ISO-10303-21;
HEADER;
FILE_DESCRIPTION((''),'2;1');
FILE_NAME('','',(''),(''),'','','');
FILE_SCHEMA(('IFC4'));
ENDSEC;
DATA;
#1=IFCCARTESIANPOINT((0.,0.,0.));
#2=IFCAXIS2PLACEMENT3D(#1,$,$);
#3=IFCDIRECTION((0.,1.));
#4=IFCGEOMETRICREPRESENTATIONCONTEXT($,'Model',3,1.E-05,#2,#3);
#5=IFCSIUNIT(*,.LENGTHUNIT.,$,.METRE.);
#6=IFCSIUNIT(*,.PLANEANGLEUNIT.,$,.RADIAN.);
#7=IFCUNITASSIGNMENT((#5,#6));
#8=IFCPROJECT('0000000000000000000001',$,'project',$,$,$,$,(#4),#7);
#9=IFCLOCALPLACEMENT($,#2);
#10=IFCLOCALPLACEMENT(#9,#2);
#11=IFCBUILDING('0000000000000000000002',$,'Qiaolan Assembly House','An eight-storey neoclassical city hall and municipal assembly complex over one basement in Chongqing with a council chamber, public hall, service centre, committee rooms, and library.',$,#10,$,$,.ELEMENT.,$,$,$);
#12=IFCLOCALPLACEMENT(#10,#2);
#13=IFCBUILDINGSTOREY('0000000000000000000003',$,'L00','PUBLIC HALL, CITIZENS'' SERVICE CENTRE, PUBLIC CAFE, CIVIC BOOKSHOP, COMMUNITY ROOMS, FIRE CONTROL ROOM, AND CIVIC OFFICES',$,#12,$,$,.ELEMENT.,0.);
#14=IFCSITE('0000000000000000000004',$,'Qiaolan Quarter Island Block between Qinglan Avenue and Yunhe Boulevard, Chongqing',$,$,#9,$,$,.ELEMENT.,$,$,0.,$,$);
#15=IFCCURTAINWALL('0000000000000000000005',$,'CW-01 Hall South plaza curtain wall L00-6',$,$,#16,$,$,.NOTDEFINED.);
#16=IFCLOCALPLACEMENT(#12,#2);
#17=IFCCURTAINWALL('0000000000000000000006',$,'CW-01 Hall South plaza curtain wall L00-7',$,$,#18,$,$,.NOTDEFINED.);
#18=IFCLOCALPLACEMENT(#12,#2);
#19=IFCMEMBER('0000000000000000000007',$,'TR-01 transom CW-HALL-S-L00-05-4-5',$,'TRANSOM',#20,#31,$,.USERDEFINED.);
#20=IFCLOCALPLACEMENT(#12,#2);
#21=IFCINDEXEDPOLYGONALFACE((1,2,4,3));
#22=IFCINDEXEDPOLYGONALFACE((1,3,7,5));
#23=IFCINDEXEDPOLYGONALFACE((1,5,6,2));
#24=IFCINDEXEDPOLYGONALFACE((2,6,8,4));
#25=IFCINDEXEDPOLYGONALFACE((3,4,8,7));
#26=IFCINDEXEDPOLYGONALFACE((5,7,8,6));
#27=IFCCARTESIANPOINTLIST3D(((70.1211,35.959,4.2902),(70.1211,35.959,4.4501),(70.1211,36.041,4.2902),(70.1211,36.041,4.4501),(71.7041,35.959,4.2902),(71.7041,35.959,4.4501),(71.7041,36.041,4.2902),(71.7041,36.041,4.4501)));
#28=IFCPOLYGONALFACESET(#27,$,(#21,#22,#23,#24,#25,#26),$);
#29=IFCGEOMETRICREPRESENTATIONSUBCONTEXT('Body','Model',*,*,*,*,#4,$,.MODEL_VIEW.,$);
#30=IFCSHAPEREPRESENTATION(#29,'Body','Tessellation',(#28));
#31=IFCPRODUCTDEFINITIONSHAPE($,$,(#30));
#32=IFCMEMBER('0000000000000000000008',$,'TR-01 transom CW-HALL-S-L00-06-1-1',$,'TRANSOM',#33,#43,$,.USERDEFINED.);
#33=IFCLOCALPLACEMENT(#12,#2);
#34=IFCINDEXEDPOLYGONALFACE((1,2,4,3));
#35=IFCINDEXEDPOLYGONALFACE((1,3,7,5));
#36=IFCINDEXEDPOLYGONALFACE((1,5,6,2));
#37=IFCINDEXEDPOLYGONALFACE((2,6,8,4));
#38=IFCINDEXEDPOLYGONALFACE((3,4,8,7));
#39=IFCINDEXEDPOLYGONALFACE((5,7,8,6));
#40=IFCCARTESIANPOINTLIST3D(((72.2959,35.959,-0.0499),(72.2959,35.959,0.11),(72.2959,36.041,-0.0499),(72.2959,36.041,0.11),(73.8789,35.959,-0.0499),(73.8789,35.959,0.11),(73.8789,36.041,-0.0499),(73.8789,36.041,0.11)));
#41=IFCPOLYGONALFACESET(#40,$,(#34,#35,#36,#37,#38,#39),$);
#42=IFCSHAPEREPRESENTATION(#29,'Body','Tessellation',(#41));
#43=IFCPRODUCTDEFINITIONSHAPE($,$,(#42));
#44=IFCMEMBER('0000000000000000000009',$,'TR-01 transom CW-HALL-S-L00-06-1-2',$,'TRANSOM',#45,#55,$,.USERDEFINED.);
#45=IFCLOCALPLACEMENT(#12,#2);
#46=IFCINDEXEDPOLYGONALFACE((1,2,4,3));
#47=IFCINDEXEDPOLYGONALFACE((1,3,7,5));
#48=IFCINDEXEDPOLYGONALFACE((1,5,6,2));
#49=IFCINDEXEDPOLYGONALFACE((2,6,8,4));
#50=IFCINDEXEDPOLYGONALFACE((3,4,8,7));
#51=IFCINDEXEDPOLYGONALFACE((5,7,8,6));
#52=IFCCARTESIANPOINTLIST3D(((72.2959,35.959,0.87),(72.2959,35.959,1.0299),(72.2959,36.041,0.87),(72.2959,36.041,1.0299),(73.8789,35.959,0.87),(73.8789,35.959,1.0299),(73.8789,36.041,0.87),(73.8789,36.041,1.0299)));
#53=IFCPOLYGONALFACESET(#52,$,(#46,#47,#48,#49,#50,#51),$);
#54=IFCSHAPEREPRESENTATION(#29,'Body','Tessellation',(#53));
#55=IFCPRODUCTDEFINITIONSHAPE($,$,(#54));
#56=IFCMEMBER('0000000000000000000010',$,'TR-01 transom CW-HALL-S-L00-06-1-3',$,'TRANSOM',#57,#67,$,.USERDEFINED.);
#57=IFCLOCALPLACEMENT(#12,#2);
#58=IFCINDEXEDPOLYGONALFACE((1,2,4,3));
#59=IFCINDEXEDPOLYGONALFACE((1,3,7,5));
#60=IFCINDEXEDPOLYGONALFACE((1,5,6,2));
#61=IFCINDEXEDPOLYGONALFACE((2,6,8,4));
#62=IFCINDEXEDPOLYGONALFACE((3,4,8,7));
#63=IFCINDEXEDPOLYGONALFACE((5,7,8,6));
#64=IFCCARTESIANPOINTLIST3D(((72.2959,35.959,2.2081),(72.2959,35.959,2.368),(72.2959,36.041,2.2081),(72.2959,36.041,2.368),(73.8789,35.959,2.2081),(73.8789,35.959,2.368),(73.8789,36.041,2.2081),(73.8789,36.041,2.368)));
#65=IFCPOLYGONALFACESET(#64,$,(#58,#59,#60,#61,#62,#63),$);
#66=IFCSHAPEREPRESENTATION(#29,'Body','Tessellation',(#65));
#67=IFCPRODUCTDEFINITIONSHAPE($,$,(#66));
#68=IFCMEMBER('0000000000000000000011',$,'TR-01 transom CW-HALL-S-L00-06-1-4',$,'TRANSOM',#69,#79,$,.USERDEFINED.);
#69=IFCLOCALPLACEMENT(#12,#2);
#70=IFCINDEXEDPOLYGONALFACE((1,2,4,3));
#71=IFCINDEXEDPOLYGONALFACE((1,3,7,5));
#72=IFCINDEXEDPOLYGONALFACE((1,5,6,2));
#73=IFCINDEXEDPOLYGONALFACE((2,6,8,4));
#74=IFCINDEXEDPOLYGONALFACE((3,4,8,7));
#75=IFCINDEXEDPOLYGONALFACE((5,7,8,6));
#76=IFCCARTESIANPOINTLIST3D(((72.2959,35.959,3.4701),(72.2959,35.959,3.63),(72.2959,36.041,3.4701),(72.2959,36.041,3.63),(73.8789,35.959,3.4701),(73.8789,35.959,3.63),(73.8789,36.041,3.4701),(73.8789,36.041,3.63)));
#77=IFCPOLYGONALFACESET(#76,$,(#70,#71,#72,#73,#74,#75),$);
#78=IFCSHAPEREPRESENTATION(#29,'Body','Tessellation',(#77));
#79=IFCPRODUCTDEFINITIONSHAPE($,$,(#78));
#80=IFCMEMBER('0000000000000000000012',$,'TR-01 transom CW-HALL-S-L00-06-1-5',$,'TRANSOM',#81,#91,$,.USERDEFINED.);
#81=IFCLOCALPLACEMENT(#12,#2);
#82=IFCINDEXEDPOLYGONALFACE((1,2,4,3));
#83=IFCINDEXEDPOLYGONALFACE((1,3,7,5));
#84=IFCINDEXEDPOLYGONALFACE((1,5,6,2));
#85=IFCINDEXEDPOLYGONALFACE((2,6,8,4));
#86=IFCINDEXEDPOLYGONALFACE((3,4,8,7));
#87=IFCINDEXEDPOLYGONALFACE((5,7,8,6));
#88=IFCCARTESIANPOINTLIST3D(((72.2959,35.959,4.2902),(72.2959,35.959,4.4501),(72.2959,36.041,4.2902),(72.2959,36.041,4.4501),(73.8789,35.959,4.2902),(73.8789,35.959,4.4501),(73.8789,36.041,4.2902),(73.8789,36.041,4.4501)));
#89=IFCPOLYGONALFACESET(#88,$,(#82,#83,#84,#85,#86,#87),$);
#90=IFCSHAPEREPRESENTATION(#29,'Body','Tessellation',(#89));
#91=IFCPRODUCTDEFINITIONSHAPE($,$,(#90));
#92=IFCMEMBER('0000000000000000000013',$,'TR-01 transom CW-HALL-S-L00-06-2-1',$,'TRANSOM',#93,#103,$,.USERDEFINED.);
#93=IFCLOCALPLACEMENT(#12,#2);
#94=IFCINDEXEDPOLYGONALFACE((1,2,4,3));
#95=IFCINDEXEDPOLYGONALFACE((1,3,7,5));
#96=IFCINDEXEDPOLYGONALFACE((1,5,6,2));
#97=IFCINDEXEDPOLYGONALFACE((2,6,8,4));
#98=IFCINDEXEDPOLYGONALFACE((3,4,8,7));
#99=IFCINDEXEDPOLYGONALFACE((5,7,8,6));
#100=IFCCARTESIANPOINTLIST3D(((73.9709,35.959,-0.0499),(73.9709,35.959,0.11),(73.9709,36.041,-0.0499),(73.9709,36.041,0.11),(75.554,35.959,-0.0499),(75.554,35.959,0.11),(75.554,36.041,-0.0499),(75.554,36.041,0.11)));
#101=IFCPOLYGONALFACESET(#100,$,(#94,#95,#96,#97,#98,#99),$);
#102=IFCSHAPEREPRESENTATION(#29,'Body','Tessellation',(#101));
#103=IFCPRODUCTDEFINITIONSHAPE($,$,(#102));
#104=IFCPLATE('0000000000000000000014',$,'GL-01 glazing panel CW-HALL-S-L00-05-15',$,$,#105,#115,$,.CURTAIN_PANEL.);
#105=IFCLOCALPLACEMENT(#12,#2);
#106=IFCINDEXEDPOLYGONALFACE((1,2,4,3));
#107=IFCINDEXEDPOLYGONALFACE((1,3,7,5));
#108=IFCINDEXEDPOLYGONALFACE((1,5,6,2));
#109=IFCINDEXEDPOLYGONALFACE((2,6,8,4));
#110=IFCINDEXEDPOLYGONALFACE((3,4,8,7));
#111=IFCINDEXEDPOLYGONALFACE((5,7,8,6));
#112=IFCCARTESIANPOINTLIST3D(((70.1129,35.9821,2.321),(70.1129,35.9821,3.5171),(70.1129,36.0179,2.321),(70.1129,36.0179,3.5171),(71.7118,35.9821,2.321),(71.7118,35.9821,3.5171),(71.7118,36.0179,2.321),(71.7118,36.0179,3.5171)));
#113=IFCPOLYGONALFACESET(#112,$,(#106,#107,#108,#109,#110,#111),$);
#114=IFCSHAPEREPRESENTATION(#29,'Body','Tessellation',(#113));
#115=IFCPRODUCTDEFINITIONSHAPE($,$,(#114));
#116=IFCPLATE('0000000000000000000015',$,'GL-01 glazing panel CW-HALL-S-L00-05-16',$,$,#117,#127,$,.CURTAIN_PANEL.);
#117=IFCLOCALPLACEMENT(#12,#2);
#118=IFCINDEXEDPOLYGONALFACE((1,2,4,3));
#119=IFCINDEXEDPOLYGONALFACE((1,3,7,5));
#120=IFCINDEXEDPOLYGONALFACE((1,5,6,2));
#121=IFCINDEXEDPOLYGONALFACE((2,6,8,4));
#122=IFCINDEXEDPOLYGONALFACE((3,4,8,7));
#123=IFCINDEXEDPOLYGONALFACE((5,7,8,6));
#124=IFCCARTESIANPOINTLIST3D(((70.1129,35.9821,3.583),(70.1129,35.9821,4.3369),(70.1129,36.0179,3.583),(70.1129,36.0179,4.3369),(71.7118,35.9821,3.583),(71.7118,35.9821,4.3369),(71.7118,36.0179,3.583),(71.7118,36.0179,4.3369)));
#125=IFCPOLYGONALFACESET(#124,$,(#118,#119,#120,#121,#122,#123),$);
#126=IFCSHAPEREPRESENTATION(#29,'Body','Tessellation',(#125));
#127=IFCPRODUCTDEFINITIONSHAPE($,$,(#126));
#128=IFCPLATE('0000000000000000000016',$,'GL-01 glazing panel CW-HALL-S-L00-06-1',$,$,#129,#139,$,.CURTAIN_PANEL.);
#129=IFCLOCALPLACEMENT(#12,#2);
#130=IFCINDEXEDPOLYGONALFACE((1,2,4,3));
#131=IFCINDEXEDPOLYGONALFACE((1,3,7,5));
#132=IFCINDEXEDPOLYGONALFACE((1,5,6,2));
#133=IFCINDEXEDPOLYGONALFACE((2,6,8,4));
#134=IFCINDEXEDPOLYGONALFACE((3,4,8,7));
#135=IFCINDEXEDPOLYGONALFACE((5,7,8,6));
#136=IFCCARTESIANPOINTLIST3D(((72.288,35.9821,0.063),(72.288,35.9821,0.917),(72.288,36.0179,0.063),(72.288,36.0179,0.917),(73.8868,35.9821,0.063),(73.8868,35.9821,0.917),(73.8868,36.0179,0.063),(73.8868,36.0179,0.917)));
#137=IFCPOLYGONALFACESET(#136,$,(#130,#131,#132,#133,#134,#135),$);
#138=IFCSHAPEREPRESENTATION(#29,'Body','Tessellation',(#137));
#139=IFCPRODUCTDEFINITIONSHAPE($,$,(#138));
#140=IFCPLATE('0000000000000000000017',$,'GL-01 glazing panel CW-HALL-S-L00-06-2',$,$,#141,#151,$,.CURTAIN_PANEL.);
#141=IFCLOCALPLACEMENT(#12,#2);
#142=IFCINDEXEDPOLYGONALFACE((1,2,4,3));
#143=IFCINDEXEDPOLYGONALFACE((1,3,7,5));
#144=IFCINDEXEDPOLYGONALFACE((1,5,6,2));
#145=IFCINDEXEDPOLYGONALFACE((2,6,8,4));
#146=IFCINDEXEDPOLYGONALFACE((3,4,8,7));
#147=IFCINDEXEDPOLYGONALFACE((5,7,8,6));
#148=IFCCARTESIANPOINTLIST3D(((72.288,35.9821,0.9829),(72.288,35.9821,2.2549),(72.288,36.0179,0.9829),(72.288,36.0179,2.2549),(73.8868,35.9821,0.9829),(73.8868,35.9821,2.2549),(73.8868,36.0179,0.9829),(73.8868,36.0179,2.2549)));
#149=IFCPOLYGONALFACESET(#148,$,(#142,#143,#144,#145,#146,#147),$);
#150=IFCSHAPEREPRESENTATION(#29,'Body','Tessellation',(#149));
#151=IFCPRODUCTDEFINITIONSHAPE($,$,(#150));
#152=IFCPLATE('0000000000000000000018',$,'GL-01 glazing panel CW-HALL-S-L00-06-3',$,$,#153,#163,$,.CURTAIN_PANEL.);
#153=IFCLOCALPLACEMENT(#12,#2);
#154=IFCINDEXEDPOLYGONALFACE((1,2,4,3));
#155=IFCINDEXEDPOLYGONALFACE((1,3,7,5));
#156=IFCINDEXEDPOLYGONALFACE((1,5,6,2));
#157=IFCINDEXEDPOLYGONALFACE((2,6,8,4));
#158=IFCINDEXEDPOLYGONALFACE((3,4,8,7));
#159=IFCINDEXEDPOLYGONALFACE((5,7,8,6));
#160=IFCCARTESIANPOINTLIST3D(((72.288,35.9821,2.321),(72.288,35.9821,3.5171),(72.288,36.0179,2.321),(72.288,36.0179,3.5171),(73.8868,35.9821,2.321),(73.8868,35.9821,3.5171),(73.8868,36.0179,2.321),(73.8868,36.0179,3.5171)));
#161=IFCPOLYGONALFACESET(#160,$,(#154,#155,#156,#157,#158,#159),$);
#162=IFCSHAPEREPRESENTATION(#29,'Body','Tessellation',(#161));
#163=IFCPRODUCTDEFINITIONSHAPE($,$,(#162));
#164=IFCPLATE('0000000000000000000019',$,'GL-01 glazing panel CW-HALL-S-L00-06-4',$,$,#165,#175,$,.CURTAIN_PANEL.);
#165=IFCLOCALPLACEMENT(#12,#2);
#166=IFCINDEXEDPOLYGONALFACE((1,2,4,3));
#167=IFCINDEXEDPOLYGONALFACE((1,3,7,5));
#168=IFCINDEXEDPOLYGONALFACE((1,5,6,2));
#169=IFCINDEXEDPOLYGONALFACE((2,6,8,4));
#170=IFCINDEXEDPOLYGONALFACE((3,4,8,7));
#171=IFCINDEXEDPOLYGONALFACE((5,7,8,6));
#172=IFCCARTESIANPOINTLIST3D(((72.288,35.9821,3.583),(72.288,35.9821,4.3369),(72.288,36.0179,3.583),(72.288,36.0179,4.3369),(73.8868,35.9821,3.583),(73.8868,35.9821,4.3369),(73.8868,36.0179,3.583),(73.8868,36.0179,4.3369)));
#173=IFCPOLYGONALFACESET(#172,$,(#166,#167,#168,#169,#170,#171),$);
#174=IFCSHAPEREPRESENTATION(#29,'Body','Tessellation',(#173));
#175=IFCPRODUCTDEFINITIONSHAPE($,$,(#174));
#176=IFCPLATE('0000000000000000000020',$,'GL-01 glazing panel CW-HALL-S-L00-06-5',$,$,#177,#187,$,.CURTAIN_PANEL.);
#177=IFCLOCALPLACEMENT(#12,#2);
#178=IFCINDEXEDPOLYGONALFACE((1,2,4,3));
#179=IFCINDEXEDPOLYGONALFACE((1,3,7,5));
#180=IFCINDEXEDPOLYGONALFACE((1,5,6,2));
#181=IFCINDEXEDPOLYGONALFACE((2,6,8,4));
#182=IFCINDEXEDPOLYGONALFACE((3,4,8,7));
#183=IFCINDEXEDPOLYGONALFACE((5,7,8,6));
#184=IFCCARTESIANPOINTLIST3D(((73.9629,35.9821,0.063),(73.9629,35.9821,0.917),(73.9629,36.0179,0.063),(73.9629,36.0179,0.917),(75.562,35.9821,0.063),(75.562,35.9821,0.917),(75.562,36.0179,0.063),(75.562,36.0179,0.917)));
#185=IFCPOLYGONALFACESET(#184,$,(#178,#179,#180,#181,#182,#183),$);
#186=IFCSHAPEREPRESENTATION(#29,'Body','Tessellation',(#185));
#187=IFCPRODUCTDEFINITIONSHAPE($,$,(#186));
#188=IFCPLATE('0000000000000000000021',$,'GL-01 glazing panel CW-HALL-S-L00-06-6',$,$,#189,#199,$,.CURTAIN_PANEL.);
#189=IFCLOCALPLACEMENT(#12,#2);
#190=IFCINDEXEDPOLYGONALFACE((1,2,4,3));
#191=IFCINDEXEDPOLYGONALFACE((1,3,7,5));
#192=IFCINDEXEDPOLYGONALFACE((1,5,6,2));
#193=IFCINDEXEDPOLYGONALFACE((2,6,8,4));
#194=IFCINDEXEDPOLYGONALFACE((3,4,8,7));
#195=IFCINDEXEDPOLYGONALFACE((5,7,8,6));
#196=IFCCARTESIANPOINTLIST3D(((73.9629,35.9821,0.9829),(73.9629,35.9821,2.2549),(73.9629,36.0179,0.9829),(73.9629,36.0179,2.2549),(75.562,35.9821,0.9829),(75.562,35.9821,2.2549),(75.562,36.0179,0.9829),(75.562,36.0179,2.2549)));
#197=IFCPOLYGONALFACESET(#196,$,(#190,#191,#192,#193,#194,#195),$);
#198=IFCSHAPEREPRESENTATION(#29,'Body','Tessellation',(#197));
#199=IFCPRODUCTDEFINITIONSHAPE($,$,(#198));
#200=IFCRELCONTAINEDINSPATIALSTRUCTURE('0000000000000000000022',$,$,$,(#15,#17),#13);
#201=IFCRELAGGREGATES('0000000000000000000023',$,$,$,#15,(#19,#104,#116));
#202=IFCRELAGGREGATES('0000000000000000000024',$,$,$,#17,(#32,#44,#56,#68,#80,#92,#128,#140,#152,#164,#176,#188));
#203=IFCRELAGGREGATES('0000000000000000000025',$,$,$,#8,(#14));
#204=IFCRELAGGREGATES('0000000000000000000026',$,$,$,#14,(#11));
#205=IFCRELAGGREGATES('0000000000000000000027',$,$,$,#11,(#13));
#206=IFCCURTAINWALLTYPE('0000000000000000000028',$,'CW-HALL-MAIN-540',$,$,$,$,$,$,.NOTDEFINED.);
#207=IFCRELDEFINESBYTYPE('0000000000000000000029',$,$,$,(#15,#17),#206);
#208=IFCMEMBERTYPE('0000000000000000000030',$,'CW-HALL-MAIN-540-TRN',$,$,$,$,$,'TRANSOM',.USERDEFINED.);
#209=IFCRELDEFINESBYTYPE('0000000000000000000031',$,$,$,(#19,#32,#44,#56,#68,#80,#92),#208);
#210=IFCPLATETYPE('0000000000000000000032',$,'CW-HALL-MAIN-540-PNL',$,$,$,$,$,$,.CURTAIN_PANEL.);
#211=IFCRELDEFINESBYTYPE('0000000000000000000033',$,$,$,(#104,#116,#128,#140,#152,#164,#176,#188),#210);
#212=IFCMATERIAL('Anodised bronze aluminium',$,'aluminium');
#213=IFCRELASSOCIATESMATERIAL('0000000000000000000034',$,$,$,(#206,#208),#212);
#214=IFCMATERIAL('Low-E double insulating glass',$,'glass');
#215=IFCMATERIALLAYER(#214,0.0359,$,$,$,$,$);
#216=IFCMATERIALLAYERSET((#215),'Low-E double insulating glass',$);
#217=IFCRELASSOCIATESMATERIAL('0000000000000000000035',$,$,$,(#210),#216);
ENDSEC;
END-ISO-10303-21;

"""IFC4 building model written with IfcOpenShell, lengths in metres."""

from ifc_helpers import new_model, si_unit, direction, frame, frame_2d, origin, origin_2d, place, context, subcontext, project, spatial, rectangle, extrude, material, layer, layer_set, material_profile, profile_set, type_object, element, aggregate, save


model = new_model("IFC4")

# Units and contexts
model_context = context("Model", 3, precision=1e-05, world=origin(), true_north=direction((0.0, 1.0)))
body_context = subcontext(model_context, "Body", "Model", "MODEL_VIEW")
ifc_project = project(units=[si_unit("LENGTHUNIT", "METRE"), si_unit("PLANEANGLEUNIT", "RADIAN")], contexts=[model_context])

# Site, building, storey
site_placement = place(None, origin())
site = spatial("IfcSite", under=ifc_project, at=site_placement, Name="Qiaolan Quarter Island Block between Qinglan Avenue and Yunhe Boulevard, Chongqing", CompositionType="ELEMENT", RefElevation=0.0)
building_placement = place(site_placement, origin())
building = spatial("IfcBuilding", under=site, at=building_placement, Name="Qiaolan Assembly House", Description="An eight-storey neoclassical city hall and municipal assembly complex over one basement in Chongqing with a council chamber, public hall, service centre, committee rooms, and library.", CompositionType="ELEMENT")
storey_placement = place(building_placement, origin())
storey = spatial("IfcBuildingStorey", under=building, at=storey_placement, Name="L00", Description="PUBLIC HALL, CITIZENS' SERVICE CENTRE, PUBLIC CAFE, CIVIC BOOKSHOP, COMMUNITY ROOMS, FIRE CONTROL ROOM, AND CIVIC OFFICES", CompositionType="ELEMENT", Elevation=0.0)

# Curtain wall
ifc_material_1 = material(Name="Anodised bronze aluminium", Category="aluminium")
curtain_wall_type = type_object("IfcCurtainWallType", Name="CW-HALL-MAIN-540", PredefinedType="NOTDEFINED", material=ifc_material_1)
curtain_wall_1_placement = place(storey_placement, origin())
curtain_wall_1 = element("IfcCurtainWall", 1, at=curtain_wall_1_placement, inside=storey, type_object=curtain_wall_type, Name="CW-01 Hall South plaza curtain wall L00-6", PredefinedType="NOTDEFINED")

# Curtain wall
curtain_wall_2_placement = place(storey_placement, origin())
curtain_wall_2 = element("IfcCurtainWall", 2, at=curtain_wall_2_placement, inside=storey, type_object=curtain_wall_type, Name="CW-01 Hall South plaza curtain wall L00-7", PredefinedType="NOTDEFINED")

# Members
ifc_material_profile_1 = material_profile(ifc_material_1, rectangle(XDim=0.082, YDim=0.1599, at=origin_2d()), Name="TRN 82x160")
ifc_profile_set_1 = profile_set([ifc_material_profile_1], Name="Anodised bronze aluminium")
member_type_1 = type_object("IfcMemberType", Name="CW-HALL-MAIN-540-TRN", ElementType="TRANSOM", PredefinedType="USERDEFINED", material=ifc_profile_set_1)
member_1_placement = place(storey_placement, frame((70.1211, 36.0, 4.3701), z_axis=(1.0, 0.0, 0.0), x_axis=(0.0, 1.0, 0.0)))
member_1 = element("IfcMember", 3, at=member_1_placement, type_object=member_type_1, Name="TR-01 transom CW-HALL-S-L00-05-4-5", ObjectType="TRANSOM", PredefinedType="USERDEFINED", context=body_context, shape_type="SweptSolid", body=[
    extrude(rectangle(XDim=0.082, YDim=0.1599, at=origin_2d()), origin(), (0.0, 0.0, 1.0), 1.583),
])
member_2_placement = place(storey_placement, frame((72.2959, 36.0, 0.03), z_axis=(1.0, 0.0, 0.0), x_axis=(0.0, 1.0, 0.0)))
member_2 = element("IfcMember", 4, at=member_2_placement, type_object=member_type_1, Name="TR-01 transom CW-HALL-S-L00-06-1-1", ObjectType="TRANSOM", PredefinedType="USERDEFINED", context=body_context, shape_type="SweptSolid", body=[
    extrude(rectangle(XDim=0.082, YDim=0.1599, at=origin_2d()), origin(), (0.0, 0.0, 1.0), 1.583),
])
member_3_placement = place(storey_placement, frame((72.2959, 36.0, 0.95), z_axis=(1.0, 0.0, 0.0), x_axis=(0.0, 1.0, 0.0)))
member_3 = element("IfcMember", 5, at=member_3_placement, type_object=member_type_1, Name="TR-01 transom CW-HALL-S-L00-06-1-2", ObjectType="TRANSOM", PredefinedType="USERDEFINED", context=body_context, shape_type="SweptSolid", body=[
    extrude(rectangle(XDim=0.082, YDim=0.1599, at=origin_2d()), origin(), (0.0, 0.0, 1.0), 1.583),
])
member_4_placement = place(storey_placement, frame((72.2959, 36.0, 2.2881), z_axis=(1.0, 0.0, 0.0), x_axis=(0.0, 1.0, 0.0)))
member_4 = element("IfcMember", 6, at=member_4_placement, type_object=member_type_1, Name="TR-01 transom CW-HALL-S-L00-06-1-3", ObjectType="TRANSOM", PredefinedType="USERDEFINED", context=body_context, shape_type="SweptSolid", body=[
    extrude(rectangle(XDim=0.082, YDim=0.1599, at=origin_2d()), origin(), (0.0, 0.0, 1.0), 1.583),
])
member_5_placement = place(storey_placement, frame((72.2959, 36.0, 3.55), z_axis=(1.0, 0.0, 0.0), x_axis=(0.0, 1.0, 0.0)))
member_5 = element("IfcMember", 7, at=member_5_placement, type_object=member_type_1, Name="TR-01 transom CW-HALL-S-L00-06-1-4", ObjectType="TRANSOM", PredefinedType="USERDEFINED", context=body_context, shape_type="SweptSolid", body=[
    extrude(rectangle(XDim=0.082, YDim=0.1599, at=origin_2d()), origin(), (0.0, 0.0, 1.0), 1.583),
])
member_6_placement = place(storey_placement, frame((72.2959, 36.0, 4.3701), z_axis=(1.0, 0.0, 0.0), x_axis=(0.0, 1.0, 0.0)))
member_6 = element("IfcMember", 8, at=member_6_placement, type_object=member_type_1, Name="TR-01 transom CW-HALL-S-L00-06-1-5", ObjectType="TRANSOM", PredefinedType="USERDEFINED", context=body_context, shape_type="SweptSolid", body=[
    extrude(rectangle(XDim=0.082, YDim=0.1599, at=origin_2d()), origin(), (0.0, 0.0, 1.0), 1.583),
])
member_7_placement = place(storey_placement, frame((73.9709, 36.0, 0.03), z_axis=(1.0, 0.0, 0.0), x_axis=(0.0, 1.0, 0.0)))
member_7 = element("IfcMember", 9, at=member_7_placement, type_object=member_type_1, Name="TR-01 transom CW-HALL-S-L00-06-2-1", ObjectType="TRANSOM", PredefinedType="USERDEFINED", context=body_context, shape_type="SweptSolid", body=[
    extrude(rectangle(XDim=0.082, YDim=0.1599, at=origin_2d()), origin(), (0.0, 0.0, 1.0), 1.583),
])

# Plates
ifc_material_2 = material(Name="Low-E double insulating glass", Category="glass")
ifc_layer = layer(ifc_material_2, 0.0359)
ifc_layer_set = layer_set([ifc_layer], Name="Low-E double insulating glass")
plate_type = type_object("IfcPlateType", Name="CW-HALL-MAIN-540-PNL", PredefinedType="CURTAIN_PANEL", material=ifc_layer_set)
plate_1_placement = place(storey_placement, frame((70.113, 36.0, 2.321), z_axis=(0.0, 0.0, 1.0), x_axis=(1.0, 0.0, 0.0)))
plate_1 = element("IfcPlate", 10, at=plate_1_placement, type_object=plate_type, Name="GL-01 glazing panel CW-HALL-S-L00-05-15", PredefinedType="CURTAIN_PANEL", context=body_context, shape_type="SweptSolid", body=[
    extrude(rectangle(XDim=1.5989, YDim=0.0359, at=frame_2d((0.7993, 0.0))), origin(), (0.0, 0.0, 1.0), 1.196),
])
plate_2_placement = place(storey_placement, frame((70.113, 36.0, 3.583), z_axis=(0.0, 0.0, 1.0), x_axis=(1.0, 0.0, 0.0)))
plate_2 = element("IfcPlate", 11, at=plate_2_placement, type_object=plate_type, Name="GL-01 glazing panel CW-HALL-S-L00-05-16", PredefinedType="CURTAIN_PANEL", context=body_context, shape_type="SweptSolid", body=[
    extrude(rectangle(XDim=1.5989, YDim=0.0359, at=frame_2d((0.7993, 0.0))), origin(), (0.0, 0.0, 1.0), 0.7539),
])
aggregate(curtain_wall_1, [member_1, plate_1, plate_2])
plate_3_placement = place(storey_placement, frame((72.2881, 36.0, 0.063), z_axis=(0.0, 0.0, 1.0), x_axis=(1.0, 0.0, 0.0)))
plate_3 = element("IfcPlate", 12, at=plate_3_placement, type_object=plate_type, Name="GL-01 glazing panel CW-HALL-S-L00-06-1", PredefinedType="CURTAIN_PANEL", context=body_context, shape_type="SweptSolid", body=[
    extrude(rectangle(XDim=1.5989, YDim=0.0359, at=frame_2d((0.7993, 0.0))), origin(), (0.0, 0.0, 1.0), 0.854),
])
plate_4_placement = place(storey_placement, frame((72.2881, 36.0, 0.9829), z_axis=(0.0, 0.0, 1.0), x_axis=(1.0, 0.0, 0.0)))
plate_4 = element("IfcPlate", 13, at=plate_4_placement, type_object=plate_type, Name="GL-01 glazing panel CW-HALL-S-L00-06-2", PredefinedType="CURTAIN_PANEL", context=body_context, shape_type="SweptSolid", body=[
    extrude(rectangle(XDim=1.5989, YDim=0.0359, at=frame_2d((0.7993, 0.0))), origin(), (0.0, 0.0, 1.0), 1.272),
])
plate_5_placement = place(storey_placement, frame((72.2881, 36.0, 2.321), z_axis=(0.0, 0.0, 1.0), x_axis=(1.0, 0.0, 0.0)))
plate_5 = element("IfcPlate", 14, at=plate_5_placement, type_object=plate_type, Name="GL-01 glazing panel CW-HALL-S-L00-06-3", PredefinedType="CURTAIN_PANEL", context=body_context, shape_type="SweptSolid", body=[
    extrude(rectangle(XDim=1.5989, YDim=0.0359, at=frame_2d((0.7993, 0.0))), origin(), (0.0, 0.0, 1.0), 1.196),
])
plate_6_placement = place(storey_placement, frame((72.2881, 36.0, 3.583), z_axis=(0.0, 0.0, 1.0), x_axis=(1.0, 0.0, 0.0)))
plate_6 = element("IfcPlate", 15, at=plate_6_placement, type_object=plate_type, Name="GL-01 glazing panel CW-HALL-S-L00-06-4", PredefinedType="CURTAIN_PANEL", context=body_context, shape_type="SweptSolid", body=[
    extrude(rectangle(XDim=1.5989, YDim=0.0359, at=frame_2d((0.7993, 0.0))), origin(), (0.0, 0.0, 1.0), 0.7539),
])
plate_7_placement = place(storey_placement, frame((73.9629, 36.0, 0.063), z_axis=(0.0, 0.0, 1.0), x_axis=(1.0, 0.0, 0.0)))
plate_7 = element("IfcPlate", 16, at=plate_7_placement, type_object=plate_type, Name="GL-01 glazing panel CW-HALL-S-L00-06-5", PredefinedType="CURTAIN_PANEL", context=body_context, shape_type="SweptSolid", body=[
    extrude(rectangle(XDim=1.5991, YDim=0.0359, at=frame_2d((0.7996, 0.0))), origin(), (0.0, 0.0, 1.0), 0.854),
])
plate_8_placement = place(storey_placement, frame((73.9629, 36.0, 0.9829), z_axis=(0.0, 0.0, 1.0), x_axis=(1.0, 0.0, 0.0)))
plate_8 = element("IfcPlate", 17, at=plate_8_placement, type_object=plate_type, Name="GL-01 glazing panel CW-HALL-S-L00-06-6", PredefinedType="CURTAIN_PANEL", context=body_context, shape_type="SweptSolid", body=[
    extrude(rectangle(XDim=1.5991, YDim=0.0359, at=frame_2d((0.7996, 0.0))), origin(), (0.0, 0.0, 1.0), 1.272),
])
aggregate(curtain_wall_2, [member_2, member_3, member_4, member_5, member_6, member_7, plate_3, plate_4, plate_5, plate_6, plate_7, plate_8])

save(model, "model.ifc")
